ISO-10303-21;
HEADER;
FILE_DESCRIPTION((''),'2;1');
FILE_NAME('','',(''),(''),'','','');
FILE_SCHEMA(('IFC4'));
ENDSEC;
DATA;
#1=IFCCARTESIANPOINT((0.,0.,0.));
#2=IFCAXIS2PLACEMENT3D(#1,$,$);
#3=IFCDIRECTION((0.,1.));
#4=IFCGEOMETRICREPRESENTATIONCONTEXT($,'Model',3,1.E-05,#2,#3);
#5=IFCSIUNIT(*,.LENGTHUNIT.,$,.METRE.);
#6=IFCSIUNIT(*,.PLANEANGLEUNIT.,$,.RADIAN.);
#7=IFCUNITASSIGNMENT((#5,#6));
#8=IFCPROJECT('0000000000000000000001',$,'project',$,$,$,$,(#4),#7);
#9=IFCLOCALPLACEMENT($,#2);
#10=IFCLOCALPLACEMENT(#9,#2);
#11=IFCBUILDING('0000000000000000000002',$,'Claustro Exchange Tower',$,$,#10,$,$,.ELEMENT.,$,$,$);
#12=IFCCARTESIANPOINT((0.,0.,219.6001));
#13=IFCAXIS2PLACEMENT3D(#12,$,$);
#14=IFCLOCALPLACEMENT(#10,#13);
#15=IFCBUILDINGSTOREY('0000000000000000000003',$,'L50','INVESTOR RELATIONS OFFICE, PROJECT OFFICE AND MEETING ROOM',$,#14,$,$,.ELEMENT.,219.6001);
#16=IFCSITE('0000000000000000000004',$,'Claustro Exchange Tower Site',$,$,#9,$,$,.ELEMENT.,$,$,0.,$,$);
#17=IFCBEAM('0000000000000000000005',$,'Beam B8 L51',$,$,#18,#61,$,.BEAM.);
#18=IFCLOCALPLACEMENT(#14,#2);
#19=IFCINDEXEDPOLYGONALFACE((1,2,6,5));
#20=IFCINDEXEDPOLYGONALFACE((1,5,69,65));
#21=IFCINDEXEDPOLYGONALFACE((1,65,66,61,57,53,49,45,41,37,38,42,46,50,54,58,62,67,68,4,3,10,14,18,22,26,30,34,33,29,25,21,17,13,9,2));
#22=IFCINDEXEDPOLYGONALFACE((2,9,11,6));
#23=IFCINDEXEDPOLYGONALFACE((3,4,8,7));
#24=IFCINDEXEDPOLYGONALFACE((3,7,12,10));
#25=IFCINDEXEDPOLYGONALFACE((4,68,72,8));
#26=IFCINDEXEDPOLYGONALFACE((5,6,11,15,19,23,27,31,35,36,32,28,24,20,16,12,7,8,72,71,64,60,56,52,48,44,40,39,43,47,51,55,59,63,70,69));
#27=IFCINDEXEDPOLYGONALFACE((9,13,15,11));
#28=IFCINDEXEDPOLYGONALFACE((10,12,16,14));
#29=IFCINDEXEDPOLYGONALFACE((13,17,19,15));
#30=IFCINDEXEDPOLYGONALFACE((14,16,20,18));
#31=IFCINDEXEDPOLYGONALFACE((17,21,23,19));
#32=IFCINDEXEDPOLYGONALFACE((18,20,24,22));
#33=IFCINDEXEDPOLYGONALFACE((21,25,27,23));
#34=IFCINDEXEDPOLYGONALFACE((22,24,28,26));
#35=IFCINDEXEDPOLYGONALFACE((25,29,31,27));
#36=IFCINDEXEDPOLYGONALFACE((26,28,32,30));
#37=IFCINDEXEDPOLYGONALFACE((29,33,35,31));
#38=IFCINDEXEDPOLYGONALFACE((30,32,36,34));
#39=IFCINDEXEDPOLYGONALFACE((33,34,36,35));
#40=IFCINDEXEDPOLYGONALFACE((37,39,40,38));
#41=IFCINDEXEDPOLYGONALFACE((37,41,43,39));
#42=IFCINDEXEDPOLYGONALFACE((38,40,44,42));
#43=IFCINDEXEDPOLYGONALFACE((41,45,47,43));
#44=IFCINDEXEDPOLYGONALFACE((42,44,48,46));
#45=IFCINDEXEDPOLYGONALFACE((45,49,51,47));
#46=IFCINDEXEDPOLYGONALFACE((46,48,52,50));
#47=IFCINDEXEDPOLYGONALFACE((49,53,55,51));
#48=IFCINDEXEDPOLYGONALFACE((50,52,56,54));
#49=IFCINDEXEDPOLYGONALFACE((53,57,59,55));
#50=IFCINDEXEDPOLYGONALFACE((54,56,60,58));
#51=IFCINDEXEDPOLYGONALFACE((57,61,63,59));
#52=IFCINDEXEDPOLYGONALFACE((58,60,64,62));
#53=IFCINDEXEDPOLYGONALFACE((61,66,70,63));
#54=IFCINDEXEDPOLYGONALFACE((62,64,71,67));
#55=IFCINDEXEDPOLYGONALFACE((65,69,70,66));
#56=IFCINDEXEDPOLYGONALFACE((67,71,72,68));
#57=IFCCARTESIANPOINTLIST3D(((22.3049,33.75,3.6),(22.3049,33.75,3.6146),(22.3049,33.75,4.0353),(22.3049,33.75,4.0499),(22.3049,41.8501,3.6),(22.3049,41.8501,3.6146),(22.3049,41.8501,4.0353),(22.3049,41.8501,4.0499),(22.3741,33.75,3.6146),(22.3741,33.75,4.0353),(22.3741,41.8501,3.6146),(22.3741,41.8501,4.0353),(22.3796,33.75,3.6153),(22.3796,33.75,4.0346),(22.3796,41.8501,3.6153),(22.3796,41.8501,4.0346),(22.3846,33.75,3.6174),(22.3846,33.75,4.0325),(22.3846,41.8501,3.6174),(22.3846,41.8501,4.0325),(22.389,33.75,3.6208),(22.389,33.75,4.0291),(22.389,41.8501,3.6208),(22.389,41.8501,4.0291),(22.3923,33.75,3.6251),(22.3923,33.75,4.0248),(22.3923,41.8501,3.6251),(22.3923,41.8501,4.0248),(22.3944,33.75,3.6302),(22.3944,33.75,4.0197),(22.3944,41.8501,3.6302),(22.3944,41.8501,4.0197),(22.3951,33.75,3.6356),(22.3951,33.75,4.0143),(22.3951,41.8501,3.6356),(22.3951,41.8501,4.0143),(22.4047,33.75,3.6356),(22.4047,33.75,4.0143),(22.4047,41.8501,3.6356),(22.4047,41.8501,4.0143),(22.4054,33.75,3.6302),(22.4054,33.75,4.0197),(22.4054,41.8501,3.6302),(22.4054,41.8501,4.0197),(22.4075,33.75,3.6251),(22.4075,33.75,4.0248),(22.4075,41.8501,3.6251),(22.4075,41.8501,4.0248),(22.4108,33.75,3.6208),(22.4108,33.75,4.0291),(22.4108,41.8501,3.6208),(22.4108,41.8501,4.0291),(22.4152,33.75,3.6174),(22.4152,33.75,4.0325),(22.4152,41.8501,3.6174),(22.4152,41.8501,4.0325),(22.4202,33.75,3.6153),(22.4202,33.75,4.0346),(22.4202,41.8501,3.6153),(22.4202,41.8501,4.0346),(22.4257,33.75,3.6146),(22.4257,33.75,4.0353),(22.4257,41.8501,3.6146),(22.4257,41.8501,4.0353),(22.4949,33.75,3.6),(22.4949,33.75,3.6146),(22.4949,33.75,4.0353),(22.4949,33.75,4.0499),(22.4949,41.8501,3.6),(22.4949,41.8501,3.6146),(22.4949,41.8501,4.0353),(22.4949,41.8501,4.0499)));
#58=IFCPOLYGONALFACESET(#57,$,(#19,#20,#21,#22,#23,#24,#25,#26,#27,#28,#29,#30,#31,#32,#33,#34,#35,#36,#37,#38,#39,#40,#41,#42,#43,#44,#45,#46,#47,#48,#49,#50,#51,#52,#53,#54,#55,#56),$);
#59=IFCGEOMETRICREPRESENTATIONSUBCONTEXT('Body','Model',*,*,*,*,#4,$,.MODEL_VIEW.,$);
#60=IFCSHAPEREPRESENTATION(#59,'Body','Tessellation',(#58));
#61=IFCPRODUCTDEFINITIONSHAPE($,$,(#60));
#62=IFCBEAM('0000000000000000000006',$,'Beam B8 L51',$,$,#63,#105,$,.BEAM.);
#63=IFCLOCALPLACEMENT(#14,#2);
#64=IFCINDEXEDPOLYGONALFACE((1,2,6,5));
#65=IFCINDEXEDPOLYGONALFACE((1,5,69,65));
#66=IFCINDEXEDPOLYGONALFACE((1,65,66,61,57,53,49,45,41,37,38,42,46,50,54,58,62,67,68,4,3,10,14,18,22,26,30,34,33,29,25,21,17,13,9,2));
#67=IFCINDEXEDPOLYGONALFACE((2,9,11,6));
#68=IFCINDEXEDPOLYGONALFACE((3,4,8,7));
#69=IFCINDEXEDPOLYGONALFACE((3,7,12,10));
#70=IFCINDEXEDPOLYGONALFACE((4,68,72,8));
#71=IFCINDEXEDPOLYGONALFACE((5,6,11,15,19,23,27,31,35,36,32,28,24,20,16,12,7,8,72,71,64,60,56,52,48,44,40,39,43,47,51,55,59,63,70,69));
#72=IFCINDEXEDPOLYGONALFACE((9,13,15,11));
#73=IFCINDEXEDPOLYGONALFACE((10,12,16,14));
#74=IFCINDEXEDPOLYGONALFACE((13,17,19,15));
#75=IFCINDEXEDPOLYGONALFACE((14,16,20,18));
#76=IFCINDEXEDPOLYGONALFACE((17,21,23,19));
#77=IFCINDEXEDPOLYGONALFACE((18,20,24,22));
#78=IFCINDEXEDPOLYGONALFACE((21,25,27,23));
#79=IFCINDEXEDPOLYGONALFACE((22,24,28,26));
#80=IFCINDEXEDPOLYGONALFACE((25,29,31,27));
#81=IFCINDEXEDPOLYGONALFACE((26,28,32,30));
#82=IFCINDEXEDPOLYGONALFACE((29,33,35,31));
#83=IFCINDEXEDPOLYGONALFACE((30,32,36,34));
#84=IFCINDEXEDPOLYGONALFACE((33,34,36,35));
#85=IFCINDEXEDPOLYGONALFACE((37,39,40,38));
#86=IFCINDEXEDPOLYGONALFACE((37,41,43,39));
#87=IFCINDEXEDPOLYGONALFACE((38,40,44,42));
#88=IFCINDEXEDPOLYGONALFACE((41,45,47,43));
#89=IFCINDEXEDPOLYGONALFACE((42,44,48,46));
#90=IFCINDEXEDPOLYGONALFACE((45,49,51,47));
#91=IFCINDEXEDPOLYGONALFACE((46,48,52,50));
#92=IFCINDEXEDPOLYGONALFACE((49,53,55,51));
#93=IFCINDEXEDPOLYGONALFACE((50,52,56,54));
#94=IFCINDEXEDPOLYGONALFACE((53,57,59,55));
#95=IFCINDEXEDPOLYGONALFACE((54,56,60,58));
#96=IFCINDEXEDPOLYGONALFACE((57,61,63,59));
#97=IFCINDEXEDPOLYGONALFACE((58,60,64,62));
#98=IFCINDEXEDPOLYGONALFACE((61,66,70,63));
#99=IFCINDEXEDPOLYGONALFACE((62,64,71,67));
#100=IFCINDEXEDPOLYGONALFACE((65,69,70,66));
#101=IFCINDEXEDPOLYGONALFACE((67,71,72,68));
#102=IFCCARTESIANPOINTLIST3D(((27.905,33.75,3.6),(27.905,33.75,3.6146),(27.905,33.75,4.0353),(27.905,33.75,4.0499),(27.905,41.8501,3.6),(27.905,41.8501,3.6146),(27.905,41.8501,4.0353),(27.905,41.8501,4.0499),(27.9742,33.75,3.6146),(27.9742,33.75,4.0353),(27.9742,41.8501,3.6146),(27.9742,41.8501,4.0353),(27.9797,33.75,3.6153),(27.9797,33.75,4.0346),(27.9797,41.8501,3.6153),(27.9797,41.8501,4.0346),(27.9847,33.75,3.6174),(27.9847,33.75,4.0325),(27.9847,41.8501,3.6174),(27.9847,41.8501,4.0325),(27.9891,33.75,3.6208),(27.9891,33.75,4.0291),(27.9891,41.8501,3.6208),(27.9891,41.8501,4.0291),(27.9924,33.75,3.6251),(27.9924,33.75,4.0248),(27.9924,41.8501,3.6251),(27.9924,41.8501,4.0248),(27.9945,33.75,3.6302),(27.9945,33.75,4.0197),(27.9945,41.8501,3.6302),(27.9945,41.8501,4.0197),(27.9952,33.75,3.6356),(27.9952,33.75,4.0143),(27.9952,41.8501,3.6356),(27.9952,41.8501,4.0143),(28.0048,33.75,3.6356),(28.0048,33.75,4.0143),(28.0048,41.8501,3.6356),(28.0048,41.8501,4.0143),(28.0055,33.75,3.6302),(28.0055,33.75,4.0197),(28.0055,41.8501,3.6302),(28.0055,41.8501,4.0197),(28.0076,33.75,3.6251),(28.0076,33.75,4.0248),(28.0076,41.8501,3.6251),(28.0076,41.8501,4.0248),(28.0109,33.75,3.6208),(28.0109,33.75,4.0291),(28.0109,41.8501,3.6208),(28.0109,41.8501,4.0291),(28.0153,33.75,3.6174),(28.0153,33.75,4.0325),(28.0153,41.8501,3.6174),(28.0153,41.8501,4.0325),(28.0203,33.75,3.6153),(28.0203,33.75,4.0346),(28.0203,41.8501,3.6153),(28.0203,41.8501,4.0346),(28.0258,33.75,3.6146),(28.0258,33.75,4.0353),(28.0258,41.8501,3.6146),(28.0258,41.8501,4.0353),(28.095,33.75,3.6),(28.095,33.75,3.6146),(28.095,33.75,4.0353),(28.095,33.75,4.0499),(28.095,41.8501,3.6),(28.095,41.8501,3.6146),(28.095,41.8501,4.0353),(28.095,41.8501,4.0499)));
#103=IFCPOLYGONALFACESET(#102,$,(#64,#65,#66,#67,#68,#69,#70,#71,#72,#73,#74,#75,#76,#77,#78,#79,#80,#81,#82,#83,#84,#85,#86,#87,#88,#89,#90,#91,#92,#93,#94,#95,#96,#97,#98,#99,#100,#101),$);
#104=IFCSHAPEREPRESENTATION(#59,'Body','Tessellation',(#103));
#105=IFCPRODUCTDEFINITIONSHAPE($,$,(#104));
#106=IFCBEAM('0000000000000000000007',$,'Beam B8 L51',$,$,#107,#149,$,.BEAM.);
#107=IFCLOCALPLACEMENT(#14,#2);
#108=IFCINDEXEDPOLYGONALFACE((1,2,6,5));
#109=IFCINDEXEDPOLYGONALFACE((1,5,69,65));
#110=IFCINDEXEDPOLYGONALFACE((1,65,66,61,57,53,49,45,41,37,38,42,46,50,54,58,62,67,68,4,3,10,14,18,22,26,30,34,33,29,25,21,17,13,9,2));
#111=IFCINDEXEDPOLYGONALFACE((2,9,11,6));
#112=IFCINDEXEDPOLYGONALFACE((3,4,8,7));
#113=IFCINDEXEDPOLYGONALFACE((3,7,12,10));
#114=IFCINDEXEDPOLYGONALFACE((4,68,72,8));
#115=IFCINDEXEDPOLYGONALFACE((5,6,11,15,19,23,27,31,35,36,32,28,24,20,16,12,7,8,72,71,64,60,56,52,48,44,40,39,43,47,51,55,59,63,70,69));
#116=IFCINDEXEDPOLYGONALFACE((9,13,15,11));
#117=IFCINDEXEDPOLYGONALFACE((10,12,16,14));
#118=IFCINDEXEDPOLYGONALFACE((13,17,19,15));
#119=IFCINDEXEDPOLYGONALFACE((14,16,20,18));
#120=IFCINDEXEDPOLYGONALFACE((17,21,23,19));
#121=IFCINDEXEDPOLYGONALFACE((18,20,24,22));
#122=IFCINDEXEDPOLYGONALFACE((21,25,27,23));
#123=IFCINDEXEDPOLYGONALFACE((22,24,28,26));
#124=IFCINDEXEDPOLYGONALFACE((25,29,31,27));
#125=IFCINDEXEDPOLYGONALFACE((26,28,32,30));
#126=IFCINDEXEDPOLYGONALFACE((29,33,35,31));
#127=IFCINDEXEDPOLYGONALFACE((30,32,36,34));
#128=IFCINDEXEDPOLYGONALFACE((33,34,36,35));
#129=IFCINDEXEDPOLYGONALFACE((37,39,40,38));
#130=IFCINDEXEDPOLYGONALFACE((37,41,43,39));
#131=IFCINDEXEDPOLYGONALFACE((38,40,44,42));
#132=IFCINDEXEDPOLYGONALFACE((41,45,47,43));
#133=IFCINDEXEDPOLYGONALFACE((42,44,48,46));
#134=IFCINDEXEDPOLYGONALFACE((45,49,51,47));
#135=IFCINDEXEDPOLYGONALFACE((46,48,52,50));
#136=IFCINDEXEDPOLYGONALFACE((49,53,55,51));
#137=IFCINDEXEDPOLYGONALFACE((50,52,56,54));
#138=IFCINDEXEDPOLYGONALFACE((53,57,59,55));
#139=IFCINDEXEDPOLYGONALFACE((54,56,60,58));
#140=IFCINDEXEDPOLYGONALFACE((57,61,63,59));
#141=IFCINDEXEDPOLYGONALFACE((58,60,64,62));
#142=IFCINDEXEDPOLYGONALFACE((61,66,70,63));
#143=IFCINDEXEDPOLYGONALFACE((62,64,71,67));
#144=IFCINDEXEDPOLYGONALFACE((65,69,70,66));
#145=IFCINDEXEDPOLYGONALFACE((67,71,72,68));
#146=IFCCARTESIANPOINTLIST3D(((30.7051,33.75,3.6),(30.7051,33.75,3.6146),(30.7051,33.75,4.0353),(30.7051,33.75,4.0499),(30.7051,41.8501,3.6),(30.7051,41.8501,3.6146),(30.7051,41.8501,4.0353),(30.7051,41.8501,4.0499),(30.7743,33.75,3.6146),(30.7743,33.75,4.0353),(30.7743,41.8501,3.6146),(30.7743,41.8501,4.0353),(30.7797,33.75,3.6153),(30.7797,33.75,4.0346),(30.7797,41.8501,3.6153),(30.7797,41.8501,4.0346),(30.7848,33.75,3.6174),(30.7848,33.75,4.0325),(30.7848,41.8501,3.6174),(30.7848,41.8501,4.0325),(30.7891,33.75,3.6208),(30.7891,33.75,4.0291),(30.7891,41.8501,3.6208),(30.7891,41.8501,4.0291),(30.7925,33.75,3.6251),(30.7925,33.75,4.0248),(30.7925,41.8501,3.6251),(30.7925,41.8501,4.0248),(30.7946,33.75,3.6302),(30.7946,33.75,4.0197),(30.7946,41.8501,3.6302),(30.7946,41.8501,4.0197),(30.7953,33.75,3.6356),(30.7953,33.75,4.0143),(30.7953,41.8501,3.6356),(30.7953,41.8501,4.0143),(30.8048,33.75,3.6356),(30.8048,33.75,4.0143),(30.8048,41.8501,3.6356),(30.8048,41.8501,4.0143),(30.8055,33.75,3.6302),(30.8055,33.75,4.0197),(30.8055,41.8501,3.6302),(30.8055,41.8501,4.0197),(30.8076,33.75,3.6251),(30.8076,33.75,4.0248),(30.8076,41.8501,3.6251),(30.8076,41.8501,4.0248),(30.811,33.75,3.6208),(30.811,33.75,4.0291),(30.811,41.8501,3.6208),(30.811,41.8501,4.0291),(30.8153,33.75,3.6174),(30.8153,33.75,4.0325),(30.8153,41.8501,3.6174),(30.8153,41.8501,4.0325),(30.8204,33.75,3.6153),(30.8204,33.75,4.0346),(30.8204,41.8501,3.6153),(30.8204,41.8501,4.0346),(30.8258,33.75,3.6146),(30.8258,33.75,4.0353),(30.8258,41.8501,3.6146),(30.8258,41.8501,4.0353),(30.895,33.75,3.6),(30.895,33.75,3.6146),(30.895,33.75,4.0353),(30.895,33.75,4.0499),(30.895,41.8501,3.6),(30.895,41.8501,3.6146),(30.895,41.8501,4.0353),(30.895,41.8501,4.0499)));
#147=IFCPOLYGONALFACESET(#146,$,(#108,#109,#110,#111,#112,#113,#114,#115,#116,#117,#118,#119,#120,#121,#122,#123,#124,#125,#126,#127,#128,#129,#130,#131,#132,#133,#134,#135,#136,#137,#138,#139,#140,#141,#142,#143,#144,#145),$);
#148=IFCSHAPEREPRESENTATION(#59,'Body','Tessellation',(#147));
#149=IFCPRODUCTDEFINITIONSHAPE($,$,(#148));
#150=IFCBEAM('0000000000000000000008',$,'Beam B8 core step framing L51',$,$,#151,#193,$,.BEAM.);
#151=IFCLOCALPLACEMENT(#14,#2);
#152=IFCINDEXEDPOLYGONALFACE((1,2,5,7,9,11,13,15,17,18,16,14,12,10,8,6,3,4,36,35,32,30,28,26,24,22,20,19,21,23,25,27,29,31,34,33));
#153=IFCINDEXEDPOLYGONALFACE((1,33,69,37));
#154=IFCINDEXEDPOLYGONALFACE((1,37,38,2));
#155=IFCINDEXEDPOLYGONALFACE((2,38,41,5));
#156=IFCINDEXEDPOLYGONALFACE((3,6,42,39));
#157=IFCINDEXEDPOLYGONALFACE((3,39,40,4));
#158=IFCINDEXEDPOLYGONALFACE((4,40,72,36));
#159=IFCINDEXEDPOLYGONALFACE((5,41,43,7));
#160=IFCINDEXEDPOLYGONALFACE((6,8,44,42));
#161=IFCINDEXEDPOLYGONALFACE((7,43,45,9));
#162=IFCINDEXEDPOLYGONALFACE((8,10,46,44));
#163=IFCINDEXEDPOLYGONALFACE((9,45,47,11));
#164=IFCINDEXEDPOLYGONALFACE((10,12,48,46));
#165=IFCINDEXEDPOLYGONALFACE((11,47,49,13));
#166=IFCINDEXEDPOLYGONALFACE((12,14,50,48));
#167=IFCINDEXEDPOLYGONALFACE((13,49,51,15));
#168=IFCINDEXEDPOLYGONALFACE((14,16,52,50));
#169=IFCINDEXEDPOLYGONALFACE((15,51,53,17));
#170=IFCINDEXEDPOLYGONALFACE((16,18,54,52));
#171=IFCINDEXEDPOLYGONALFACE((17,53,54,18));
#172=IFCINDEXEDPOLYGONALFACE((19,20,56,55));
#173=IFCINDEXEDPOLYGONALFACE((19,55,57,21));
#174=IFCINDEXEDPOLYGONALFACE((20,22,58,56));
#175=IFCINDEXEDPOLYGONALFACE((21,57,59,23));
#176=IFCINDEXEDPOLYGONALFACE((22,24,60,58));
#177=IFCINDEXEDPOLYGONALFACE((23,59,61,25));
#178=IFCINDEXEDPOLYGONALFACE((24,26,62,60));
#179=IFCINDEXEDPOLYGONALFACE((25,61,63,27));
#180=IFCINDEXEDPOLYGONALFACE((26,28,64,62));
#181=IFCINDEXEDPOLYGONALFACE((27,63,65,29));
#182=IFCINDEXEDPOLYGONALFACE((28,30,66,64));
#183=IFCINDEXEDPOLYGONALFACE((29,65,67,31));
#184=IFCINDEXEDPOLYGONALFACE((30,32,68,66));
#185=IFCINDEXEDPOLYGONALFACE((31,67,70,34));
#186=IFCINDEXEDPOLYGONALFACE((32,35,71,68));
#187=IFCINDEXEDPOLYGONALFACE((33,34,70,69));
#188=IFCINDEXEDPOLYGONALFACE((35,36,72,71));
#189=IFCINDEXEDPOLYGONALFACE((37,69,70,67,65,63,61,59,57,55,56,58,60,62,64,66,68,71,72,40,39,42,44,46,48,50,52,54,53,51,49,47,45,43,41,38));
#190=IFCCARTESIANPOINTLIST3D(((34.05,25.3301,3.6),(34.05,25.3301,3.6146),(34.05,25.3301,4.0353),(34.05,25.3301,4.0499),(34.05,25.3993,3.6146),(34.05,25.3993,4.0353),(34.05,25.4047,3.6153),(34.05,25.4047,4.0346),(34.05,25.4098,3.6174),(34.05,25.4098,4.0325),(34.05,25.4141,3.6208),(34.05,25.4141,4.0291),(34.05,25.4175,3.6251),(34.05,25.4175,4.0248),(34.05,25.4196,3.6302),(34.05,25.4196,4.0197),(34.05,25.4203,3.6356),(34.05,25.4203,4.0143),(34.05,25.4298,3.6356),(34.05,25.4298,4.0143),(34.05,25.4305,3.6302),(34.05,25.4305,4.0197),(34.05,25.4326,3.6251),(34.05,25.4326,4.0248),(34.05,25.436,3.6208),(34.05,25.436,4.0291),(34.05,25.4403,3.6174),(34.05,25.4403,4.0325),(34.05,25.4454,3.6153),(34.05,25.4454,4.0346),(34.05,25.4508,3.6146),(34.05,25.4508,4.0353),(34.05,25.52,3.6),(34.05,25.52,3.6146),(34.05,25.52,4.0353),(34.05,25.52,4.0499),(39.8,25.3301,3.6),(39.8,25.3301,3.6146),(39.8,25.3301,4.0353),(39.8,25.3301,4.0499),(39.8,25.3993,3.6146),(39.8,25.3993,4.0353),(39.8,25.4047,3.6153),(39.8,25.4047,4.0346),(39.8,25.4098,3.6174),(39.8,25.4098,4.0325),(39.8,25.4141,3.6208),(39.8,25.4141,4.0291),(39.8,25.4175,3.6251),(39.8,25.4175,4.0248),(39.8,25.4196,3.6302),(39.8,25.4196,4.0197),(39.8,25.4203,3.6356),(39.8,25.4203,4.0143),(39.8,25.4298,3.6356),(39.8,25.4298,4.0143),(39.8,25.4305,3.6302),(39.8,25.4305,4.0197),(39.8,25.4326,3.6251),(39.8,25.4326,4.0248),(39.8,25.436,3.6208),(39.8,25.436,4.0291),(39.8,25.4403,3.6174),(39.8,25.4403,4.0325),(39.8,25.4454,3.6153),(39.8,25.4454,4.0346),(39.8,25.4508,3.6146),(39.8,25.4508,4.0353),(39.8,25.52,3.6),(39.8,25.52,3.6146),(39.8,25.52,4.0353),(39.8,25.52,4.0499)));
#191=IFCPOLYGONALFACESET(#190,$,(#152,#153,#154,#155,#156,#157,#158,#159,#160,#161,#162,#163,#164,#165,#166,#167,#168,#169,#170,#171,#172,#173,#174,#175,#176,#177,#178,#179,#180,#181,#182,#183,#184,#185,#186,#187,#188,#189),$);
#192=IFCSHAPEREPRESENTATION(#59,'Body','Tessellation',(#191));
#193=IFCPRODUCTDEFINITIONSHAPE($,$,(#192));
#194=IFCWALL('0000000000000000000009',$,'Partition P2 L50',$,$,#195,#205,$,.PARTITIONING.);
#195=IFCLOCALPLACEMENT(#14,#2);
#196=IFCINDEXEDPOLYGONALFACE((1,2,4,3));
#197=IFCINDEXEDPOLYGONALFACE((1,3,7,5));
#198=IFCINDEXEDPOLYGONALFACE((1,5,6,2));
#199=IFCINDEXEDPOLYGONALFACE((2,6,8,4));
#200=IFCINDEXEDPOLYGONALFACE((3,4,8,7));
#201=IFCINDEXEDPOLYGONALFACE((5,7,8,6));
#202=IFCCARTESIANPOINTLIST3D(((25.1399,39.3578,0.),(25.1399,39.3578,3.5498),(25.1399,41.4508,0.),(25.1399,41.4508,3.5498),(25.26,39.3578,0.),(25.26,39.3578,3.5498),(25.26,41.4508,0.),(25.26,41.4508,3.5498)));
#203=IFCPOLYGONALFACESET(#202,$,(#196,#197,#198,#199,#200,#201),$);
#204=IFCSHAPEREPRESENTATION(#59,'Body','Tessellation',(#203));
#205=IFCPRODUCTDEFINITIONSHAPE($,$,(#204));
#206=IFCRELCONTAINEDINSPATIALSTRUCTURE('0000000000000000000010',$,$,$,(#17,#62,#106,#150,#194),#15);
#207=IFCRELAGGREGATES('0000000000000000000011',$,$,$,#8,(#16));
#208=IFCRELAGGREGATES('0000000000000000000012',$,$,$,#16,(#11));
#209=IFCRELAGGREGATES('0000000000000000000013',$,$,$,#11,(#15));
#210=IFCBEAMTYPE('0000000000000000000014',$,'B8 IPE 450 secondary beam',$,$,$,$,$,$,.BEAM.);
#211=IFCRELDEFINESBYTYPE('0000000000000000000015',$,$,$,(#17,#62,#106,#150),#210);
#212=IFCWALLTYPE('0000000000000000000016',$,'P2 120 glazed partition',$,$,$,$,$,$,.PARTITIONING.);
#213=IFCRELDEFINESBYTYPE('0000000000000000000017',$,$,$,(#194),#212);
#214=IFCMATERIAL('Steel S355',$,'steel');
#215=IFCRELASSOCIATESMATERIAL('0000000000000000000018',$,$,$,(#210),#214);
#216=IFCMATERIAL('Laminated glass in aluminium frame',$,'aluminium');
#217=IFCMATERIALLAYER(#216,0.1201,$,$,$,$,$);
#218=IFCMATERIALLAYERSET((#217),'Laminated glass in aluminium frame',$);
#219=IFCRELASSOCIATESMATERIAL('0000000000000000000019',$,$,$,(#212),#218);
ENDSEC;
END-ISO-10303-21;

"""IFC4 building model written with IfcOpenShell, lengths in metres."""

from ifc_helpers import new_model, si_unit, direction, frame, frame_2d, origin, origin_2d, place, context, subcontext, project, spatial, rectangle, i_section, extrude, material, layer, layer_set, material_profile, profile_set, type_object, element, save


model = new_model("IFC4")

# Units and contexts
model_context = context("Model", 3, precision=1e-05, world=origin(), true_north=direction((0.0, 1.0)))
body_context = subcontext(model_context, "Body", "Model", "MODEL_VIEW")
ifc_project = project(units=[si_unit("LENGTHUNIT", "METRE"), si_unit("PLANEANGLEUNIT", "RADIAN")], contexts=[model_context])

# Site, building, storey
site_placement = place(None, origin())
site = spatial("IfcSite", under=ifc_project, at=site_placement, Name="Claustro Exchange Tower Site", CompositionType="ELEMENT", RefElevation=0.0)
building_placement = place(site_placement, origin())
building = spatial("IfcBuilding", under=site, at=building_placement, Name="Claustro Exchange Tower", CompositionType="ELEMENT")
storey_placement = place(building_placement, frame((0.0, 0.0, 219.6001)))
storey = spatial("IfcBuildingStorey", under=building, at=storey_placement, Name="L50", Description="INVESTOR RELATIONS OFFICE, PROJECT OFFICE AND MEETING ROOM", CompositionType="ELEMENT", Elevation=219.6001)

# Beams
ifc_material_1 = material(Name="Steel S355", Category="steel")
ifc_material_profile_1 = material_profile(ifc_material_1, i_section(OverallWidth=0.1899, OverallDepth=0.45, WebThickness=0.0095, FlangeThickness=0.0146, FilletRadius=0.021, at=origin_2d()), Name="IPE 450")
ifc_profile_set_1 = profile_set([ifc_material_profile_1], Name="Steel S355")
beam_type_1 = type_object("IfcBeamType", Name="B8 IPE 450 secondary beam", PredefinedType="BEAM", material=ifc_profile_set_1)
for number, where, z_axis, x_axis, name in (
    (1, (22.3999, 33.75, 3.825), (0.0, 1.0, 0.0), (-1.0, 0.0, 0.0), "Beam B8 L51"),
    (2, (28.0, 33.75, 3.825), (0.0, 1.0, 0.0), (-1.0, 0.0, 0.0), "Beam B8 L51"),
    (3, (30.8, 33.75, 3.825), (0.0, 1.0, 0.0), (-1.0, 0.0, 0.0), "Beam B8 L51"),
):
    element("IfcBeam", number, at=place(storey_placement, frame(where, z_axis=z_axis, x_axis=x_axis)), inside=storey, type_object=beam_type_1, Name=name, PredefinedType="BEAM", context=body_context, shape_type="SweptSolid", body=[
        extrude(i_section(OverallWidth=0.1899, OverallDepth=0.45, WebThickness=0.0095, FlangeThickness=0.0146, FilletRadius=0.021, at=origin_2d()), origin(), (0.0, 0.0, 1.0), 8.1001),
    ])
beam_1_placement = place(storey_placement, frame((34.05, 25.425, 3.825), z_axis=(1.0, 0.0, 0.0), x_axis=(0.0, 1.0, 0.0)))
element("IfcBeam", 4, at=beam_1_placement, inside=storey, type_object=beam_type_1, Name="Beam B8 core step framing L51", PredefinedType="BEAM", context=body_context, shape_type="SweptSolid", body=[
    extrude(i_section(OverallWidth=0.1899, OverallDepth=0.45, WebThickness=0.0095, FlangeThickness=0.0146, FilletRadius=0.021, at=origin_2d()), origin(), (0.0, 0.0, 1.0), 5.75),
])

# Wall
ifc_material_2 = material(Name="Laminated glass in aluminium frame", Category="aluminium")
ifc_layer_1 = layer(ifc_material_2, 0.1201)
ifc_layer_set_1 = layer_set([ifc_layer_1], Name="Laminated glass in aluminium frame")
wall_type_1 = type_object("IfcWallType", Name="P2 120 glazed partition", PredefinedType="PARTITIONING", material=ifc_layer_set_1)
wall_1_placement = place(storey_placement, frame((25.2, 39.3579, 0.0), z_axis=(0.0, 0.0, 1.0), x_axis=(0.0, 1.0, 0.0)))
element("IfcWall", 5, at=wall_1_placement, inside=storey, type_object=wall_type_1, Name="Partition P2 L50", PredefinedType="PARTITIONING", context=body_context, shape_type="SweptSolid", body=[
    extrude(rectangle(XDim=2.093, YDim=0.1201, at=frame_2d((1.0464, 0.0))), origin(), (0.0, 0.0, 1.0), 3.5498),
])

save(model, "model.ifc")
